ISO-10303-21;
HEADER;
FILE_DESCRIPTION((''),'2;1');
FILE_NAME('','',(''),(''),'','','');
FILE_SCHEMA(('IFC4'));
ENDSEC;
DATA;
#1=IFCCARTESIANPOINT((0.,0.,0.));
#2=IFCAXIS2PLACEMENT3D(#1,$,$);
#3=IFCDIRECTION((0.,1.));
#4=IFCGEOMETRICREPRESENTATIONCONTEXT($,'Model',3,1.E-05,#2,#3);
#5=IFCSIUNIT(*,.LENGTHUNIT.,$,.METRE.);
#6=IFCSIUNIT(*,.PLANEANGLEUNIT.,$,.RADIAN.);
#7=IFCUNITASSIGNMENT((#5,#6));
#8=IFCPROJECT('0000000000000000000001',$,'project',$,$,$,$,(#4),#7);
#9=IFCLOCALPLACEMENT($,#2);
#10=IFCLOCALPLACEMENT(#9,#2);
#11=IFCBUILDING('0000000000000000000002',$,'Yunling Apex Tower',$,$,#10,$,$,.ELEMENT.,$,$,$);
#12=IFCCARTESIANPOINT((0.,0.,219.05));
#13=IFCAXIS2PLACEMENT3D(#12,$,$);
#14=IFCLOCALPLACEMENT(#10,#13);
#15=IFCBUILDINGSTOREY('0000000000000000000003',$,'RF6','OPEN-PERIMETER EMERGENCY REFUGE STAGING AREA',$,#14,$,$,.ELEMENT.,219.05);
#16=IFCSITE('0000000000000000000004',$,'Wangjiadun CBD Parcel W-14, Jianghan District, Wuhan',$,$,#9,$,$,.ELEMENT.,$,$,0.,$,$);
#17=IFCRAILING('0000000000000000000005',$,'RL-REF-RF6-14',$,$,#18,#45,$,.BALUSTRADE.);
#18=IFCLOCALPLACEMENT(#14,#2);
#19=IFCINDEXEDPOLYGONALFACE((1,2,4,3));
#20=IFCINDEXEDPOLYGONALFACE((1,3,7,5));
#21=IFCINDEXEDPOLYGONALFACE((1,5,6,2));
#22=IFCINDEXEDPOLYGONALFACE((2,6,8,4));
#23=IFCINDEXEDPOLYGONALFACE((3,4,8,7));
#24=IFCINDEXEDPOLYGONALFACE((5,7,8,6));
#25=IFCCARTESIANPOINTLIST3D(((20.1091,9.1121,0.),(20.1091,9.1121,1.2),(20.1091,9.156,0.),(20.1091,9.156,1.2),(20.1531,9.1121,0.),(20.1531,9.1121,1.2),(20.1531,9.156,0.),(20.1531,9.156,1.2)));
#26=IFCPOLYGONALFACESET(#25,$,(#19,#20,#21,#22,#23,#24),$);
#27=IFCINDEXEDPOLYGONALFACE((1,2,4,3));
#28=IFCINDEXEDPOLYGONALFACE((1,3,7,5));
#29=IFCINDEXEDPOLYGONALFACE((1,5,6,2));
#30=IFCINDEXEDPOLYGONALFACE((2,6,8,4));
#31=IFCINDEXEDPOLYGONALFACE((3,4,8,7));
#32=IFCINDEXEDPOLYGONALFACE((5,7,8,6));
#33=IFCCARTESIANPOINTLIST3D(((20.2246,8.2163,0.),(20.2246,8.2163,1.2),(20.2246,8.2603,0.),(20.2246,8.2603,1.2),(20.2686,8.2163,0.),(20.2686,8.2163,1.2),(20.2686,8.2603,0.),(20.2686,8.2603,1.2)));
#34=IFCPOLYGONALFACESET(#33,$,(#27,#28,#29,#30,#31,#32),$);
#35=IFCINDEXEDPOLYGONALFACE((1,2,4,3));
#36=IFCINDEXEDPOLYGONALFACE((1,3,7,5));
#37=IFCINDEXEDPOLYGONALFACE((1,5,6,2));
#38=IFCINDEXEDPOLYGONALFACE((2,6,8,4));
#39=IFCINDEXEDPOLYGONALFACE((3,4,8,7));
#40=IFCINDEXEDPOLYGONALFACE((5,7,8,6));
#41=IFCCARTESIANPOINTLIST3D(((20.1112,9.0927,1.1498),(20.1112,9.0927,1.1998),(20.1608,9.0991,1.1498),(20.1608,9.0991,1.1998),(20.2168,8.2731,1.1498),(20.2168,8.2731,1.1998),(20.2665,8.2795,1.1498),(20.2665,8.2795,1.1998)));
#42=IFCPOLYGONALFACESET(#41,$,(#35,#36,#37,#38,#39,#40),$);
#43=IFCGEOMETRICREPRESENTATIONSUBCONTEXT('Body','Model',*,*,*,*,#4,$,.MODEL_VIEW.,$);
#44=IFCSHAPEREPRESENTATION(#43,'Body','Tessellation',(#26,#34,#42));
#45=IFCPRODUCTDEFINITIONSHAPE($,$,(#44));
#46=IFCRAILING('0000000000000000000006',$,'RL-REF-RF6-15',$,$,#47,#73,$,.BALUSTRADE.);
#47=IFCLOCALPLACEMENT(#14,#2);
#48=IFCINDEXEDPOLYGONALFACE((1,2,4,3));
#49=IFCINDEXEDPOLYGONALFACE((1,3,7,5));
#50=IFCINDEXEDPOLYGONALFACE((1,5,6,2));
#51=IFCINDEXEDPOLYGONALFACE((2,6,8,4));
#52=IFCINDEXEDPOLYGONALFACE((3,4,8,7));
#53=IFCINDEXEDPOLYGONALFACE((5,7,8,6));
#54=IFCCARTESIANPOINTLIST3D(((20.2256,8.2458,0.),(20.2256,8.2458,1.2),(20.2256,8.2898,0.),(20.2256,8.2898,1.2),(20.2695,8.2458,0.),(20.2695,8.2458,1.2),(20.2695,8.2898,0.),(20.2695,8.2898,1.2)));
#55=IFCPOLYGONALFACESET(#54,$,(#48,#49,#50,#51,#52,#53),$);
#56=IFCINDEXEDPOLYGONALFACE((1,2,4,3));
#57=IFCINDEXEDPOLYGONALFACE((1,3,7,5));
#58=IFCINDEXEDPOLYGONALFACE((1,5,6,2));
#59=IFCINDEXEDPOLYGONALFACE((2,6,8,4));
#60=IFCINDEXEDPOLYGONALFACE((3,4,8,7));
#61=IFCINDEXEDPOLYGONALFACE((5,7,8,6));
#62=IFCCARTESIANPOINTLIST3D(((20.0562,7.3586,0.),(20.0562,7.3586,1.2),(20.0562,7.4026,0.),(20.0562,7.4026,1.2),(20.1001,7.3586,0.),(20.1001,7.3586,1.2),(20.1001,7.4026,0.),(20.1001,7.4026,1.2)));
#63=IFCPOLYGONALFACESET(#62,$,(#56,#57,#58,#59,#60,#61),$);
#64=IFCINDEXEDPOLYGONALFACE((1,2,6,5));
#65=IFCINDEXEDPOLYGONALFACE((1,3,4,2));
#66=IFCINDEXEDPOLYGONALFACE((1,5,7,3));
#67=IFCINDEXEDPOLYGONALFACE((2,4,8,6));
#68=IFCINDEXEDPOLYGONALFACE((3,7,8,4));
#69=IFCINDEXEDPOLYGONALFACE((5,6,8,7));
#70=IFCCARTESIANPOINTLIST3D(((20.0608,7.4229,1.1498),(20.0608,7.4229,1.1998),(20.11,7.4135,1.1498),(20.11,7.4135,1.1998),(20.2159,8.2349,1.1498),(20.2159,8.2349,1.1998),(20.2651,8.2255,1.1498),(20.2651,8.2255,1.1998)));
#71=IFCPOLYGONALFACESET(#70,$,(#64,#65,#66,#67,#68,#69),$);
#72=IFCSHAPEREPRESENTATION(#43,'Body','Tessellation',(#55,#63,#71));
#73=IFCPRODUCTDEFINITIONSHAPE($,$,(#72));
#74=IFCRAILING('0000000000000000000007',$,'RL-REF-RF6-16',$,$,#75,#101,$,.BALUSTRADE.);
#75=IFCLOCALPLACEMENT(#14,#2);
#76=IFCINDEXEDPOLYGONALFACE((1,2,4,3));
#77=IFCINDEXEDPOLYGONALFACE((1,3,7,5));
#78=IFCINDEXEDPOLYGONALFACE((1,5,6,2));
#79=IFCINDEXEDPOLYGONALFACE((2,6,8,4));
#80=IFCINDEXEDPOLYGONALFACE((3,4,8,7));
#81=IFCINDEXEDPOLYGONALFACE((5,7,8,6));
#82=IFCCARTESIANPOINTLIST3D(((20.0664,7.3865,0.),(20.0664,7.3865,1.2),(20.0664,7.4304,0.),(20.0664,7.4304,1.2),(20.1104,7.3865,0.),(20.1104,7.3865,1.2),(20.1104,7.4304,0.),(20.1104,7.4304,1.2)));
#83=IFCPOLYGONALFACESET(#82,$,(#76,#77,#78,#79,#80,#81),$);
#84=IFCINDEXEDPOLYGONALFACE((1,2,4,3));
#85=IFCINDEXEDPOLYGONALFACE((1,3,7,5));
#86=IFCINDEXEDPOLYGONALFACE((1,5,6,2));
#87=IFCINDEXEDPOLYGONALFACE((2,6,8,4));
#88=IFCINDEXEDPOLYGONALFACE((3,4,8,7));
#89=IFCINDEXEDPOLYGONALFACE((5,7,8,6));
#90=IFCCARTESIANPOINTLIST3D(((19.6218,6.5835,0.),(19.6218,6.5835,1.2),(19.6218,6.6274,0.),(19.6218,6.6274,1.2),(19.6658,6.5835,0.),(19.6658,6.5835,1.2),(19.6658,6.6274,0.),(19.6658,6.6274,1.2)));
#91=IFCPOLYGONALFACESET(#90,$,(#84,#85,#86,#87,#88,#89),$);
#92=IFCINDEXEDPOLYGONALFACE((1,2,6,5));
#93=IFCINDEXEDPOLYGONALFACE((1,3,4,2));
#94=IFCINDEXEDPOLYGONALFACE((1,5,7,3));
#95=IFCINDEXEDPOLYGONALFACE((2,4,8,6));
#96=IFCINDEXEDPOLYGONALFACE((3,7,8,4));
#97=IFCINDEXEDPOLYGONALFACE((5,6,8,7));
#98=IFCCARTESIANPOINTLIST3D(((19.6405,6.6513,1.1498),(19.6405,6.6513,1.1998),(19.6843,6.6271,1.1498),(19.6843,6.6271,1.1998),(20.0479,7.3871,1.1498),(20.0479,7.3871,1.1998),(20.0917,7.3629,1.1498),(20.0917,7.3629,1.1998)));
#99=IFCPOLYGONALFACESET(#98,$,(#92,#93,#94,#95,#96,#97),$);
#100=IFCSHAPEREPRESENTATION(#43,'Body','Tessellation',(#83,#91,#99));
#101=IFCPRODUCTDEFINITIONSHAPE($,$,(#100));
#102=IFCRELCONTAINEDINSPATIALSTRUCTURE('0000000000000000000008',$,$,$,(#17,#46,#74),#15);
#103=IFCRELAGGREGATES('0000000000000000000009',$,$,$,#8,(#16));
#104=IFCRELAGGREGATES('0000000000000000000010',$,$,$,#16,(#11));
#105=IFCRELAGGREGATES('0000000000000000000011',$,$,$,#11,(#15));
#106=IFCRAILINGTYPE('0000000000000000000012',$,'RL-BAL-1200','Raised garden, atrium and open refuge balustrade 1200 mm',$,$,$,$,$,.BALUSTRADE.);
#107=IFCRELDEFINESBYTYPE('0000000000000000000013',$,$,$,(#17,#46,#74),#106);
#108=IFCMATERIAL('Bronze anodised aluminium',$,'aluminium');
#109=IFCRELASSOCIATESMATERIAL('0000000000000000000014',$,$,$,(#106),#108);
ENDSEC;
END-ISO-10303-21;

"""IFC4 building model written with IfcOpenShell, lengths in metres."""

from ifc_helpers import new_model, si_unit, direction, frame, origin, origin_2d, place, context, subcontext, project, spatial, rectangle, extrude, material, type_object, element, save


model = new_model("IFC4")

# Units and contexts
model_context = context("Model", 3, precision=1e-05, world=origin(), true_north=direction((0.0, 1.0)))
body_context = subcontext(model_context, "Body", "Model", "MODEL_VIEW")
ifc_project = project(units=[si_unit("LENGTHUNIT", "METRE"), si_unit("PLANEANGLEUNIT", "RADIAN")], contexts=[model_context])

# Site, building, storey
site_placement = place(None, origin())
site = spatial("IfcSite", under=ifc_project, at=site_placement, Name="Wangjiadun CBD Parcel W-14, Jianghan District, Wuhan", CompositionType="ELEMENT", RefElevation=0.0)
building_placement = place(site_placement, origin())
building = spatial("IfcBuilding", under=site, at=building_placement, Name="Yunling Apex Tower", CompositionType="ELEMENT")
storey_placement = place(building_placement, frame((0.0, 0.0, 219.05)))
storey = spatial("IfcBuildingStorey", under=building, at=storey_placement, Name="RF6", Description="OPEN-PERIMETER EMERGENCY REFUGE STAGING AREA", CompositionType="ELEMENT", Elevation=219.05)

# Railings
ifc_material_1 = material(Name="Bronze anodised aluminium", Category="aluminium")
railing_type = type_object("IfcRailingType", Name="RL-BAL-1200", Description="Raised garden, atrium and open refuge balustrade 1200 mm", PredefinedType="BALUSTRADE", material=ifc_material_1)
railing_1_placement = place(storey_placement, frame((20.1311, 9.134, 0.0)))
element("IfcRailing", 1, at=railing_1_placement, inside=storey, type_object=railing_type, Name="RL-REF-RF6-14", PredefinedType="BALUSTRADE", context=body_context, shape_type="SweptSolid", body=[
    extrude(rectangle(XDim=0.0439, YDim=0.0439, at=origin_2d()), origin(), (0.0, 0.0, 1.0), 1.2),
    extrude(rectangle(XDim=0.0439, YDim=0.0439, at=origin_2d()), frame((0.1155, -0.8958, 0.0)), (0.0, 0.0, 1.0), 1.2),
    extrude(rectangle(XDim=0.05, YDim=0.05, at=origin_2d()), frame((0.0049, -0.0381, 1.1748), z_axis=(0.12786, -0.991792, 0.0), x_axis=(0.991792, 0.12786, 0.0)), (0.0, 0.0, 1.0), 0.8264),
])
railing_2_placement = place(storey_placement, frame((20.2476, 8.2678, 0.0)))
element("IfcRailing", 2, at=railing_2_placement, inside=storey, type_object=railing_type, Name="RL-REF-RF6-15", PredefinedType="BALUSTRADE", context=body_context, shape_type="SweptSolid", body=[
    extrude(rectangle(XDim=0.0439, YDim=0.0439, at=origin_2d()), origin(), (0.0, 0.0, 1.0), 1.2),
    extrude(rectangle(XDim=0.0439, YDim=0.0439, at=origin_2d()), frame((-0.1694, -0.8872, 0.0)), (0.0, 0.0, 1.0), 1.2),
    extrude(rectangle(XDim=0.05, YDim=0.05, at=origin_2d()), frame((-0.0071, -0.0376, 1.1748), z_axis=(-0.187584, -0.982249, 0.0), x_axis=(0.982249, -0.187584, 0.0)), (0.0, 0.0, 1.0), 0.8267),
])
railing_3_placement = place(storey_placement, frame((20.0884, 7.4084, 0.0)))
element("IfcRailing", 3, at=railing_3_placement, inside=storey, type_object=railing_type, Name="RL-REF-RF6-16", PredefinedType="BALUSTRADE", context=body_context, shape_type="SweptSolid", body=[
    extrude(rectangle(XDim=0.0439, YDim=0.0439, at=origin_2d()), origin(), (0.0, 0.0, 1.0), 1.2),
    extrude(rectangle(XDim=0.0439, YDim=0.0439, at=origin_2d()), frame((-0.4446, -0.803, 0.0)), (0.0, 0.0, 1.0), 1.2),
    extrude(rectangle(XDim=0.05, YDim=0.05, at=origin_2d()), frame((-0.0186, -0.0334, 1.1748), z_axis=(-0.484378, -0.874859, 0.0), x_axis=(0.874859, -0.484378, 0.0)), (0.0, 0.0, 1.0), 0.8411),
])

save(model, "model.ifc")
